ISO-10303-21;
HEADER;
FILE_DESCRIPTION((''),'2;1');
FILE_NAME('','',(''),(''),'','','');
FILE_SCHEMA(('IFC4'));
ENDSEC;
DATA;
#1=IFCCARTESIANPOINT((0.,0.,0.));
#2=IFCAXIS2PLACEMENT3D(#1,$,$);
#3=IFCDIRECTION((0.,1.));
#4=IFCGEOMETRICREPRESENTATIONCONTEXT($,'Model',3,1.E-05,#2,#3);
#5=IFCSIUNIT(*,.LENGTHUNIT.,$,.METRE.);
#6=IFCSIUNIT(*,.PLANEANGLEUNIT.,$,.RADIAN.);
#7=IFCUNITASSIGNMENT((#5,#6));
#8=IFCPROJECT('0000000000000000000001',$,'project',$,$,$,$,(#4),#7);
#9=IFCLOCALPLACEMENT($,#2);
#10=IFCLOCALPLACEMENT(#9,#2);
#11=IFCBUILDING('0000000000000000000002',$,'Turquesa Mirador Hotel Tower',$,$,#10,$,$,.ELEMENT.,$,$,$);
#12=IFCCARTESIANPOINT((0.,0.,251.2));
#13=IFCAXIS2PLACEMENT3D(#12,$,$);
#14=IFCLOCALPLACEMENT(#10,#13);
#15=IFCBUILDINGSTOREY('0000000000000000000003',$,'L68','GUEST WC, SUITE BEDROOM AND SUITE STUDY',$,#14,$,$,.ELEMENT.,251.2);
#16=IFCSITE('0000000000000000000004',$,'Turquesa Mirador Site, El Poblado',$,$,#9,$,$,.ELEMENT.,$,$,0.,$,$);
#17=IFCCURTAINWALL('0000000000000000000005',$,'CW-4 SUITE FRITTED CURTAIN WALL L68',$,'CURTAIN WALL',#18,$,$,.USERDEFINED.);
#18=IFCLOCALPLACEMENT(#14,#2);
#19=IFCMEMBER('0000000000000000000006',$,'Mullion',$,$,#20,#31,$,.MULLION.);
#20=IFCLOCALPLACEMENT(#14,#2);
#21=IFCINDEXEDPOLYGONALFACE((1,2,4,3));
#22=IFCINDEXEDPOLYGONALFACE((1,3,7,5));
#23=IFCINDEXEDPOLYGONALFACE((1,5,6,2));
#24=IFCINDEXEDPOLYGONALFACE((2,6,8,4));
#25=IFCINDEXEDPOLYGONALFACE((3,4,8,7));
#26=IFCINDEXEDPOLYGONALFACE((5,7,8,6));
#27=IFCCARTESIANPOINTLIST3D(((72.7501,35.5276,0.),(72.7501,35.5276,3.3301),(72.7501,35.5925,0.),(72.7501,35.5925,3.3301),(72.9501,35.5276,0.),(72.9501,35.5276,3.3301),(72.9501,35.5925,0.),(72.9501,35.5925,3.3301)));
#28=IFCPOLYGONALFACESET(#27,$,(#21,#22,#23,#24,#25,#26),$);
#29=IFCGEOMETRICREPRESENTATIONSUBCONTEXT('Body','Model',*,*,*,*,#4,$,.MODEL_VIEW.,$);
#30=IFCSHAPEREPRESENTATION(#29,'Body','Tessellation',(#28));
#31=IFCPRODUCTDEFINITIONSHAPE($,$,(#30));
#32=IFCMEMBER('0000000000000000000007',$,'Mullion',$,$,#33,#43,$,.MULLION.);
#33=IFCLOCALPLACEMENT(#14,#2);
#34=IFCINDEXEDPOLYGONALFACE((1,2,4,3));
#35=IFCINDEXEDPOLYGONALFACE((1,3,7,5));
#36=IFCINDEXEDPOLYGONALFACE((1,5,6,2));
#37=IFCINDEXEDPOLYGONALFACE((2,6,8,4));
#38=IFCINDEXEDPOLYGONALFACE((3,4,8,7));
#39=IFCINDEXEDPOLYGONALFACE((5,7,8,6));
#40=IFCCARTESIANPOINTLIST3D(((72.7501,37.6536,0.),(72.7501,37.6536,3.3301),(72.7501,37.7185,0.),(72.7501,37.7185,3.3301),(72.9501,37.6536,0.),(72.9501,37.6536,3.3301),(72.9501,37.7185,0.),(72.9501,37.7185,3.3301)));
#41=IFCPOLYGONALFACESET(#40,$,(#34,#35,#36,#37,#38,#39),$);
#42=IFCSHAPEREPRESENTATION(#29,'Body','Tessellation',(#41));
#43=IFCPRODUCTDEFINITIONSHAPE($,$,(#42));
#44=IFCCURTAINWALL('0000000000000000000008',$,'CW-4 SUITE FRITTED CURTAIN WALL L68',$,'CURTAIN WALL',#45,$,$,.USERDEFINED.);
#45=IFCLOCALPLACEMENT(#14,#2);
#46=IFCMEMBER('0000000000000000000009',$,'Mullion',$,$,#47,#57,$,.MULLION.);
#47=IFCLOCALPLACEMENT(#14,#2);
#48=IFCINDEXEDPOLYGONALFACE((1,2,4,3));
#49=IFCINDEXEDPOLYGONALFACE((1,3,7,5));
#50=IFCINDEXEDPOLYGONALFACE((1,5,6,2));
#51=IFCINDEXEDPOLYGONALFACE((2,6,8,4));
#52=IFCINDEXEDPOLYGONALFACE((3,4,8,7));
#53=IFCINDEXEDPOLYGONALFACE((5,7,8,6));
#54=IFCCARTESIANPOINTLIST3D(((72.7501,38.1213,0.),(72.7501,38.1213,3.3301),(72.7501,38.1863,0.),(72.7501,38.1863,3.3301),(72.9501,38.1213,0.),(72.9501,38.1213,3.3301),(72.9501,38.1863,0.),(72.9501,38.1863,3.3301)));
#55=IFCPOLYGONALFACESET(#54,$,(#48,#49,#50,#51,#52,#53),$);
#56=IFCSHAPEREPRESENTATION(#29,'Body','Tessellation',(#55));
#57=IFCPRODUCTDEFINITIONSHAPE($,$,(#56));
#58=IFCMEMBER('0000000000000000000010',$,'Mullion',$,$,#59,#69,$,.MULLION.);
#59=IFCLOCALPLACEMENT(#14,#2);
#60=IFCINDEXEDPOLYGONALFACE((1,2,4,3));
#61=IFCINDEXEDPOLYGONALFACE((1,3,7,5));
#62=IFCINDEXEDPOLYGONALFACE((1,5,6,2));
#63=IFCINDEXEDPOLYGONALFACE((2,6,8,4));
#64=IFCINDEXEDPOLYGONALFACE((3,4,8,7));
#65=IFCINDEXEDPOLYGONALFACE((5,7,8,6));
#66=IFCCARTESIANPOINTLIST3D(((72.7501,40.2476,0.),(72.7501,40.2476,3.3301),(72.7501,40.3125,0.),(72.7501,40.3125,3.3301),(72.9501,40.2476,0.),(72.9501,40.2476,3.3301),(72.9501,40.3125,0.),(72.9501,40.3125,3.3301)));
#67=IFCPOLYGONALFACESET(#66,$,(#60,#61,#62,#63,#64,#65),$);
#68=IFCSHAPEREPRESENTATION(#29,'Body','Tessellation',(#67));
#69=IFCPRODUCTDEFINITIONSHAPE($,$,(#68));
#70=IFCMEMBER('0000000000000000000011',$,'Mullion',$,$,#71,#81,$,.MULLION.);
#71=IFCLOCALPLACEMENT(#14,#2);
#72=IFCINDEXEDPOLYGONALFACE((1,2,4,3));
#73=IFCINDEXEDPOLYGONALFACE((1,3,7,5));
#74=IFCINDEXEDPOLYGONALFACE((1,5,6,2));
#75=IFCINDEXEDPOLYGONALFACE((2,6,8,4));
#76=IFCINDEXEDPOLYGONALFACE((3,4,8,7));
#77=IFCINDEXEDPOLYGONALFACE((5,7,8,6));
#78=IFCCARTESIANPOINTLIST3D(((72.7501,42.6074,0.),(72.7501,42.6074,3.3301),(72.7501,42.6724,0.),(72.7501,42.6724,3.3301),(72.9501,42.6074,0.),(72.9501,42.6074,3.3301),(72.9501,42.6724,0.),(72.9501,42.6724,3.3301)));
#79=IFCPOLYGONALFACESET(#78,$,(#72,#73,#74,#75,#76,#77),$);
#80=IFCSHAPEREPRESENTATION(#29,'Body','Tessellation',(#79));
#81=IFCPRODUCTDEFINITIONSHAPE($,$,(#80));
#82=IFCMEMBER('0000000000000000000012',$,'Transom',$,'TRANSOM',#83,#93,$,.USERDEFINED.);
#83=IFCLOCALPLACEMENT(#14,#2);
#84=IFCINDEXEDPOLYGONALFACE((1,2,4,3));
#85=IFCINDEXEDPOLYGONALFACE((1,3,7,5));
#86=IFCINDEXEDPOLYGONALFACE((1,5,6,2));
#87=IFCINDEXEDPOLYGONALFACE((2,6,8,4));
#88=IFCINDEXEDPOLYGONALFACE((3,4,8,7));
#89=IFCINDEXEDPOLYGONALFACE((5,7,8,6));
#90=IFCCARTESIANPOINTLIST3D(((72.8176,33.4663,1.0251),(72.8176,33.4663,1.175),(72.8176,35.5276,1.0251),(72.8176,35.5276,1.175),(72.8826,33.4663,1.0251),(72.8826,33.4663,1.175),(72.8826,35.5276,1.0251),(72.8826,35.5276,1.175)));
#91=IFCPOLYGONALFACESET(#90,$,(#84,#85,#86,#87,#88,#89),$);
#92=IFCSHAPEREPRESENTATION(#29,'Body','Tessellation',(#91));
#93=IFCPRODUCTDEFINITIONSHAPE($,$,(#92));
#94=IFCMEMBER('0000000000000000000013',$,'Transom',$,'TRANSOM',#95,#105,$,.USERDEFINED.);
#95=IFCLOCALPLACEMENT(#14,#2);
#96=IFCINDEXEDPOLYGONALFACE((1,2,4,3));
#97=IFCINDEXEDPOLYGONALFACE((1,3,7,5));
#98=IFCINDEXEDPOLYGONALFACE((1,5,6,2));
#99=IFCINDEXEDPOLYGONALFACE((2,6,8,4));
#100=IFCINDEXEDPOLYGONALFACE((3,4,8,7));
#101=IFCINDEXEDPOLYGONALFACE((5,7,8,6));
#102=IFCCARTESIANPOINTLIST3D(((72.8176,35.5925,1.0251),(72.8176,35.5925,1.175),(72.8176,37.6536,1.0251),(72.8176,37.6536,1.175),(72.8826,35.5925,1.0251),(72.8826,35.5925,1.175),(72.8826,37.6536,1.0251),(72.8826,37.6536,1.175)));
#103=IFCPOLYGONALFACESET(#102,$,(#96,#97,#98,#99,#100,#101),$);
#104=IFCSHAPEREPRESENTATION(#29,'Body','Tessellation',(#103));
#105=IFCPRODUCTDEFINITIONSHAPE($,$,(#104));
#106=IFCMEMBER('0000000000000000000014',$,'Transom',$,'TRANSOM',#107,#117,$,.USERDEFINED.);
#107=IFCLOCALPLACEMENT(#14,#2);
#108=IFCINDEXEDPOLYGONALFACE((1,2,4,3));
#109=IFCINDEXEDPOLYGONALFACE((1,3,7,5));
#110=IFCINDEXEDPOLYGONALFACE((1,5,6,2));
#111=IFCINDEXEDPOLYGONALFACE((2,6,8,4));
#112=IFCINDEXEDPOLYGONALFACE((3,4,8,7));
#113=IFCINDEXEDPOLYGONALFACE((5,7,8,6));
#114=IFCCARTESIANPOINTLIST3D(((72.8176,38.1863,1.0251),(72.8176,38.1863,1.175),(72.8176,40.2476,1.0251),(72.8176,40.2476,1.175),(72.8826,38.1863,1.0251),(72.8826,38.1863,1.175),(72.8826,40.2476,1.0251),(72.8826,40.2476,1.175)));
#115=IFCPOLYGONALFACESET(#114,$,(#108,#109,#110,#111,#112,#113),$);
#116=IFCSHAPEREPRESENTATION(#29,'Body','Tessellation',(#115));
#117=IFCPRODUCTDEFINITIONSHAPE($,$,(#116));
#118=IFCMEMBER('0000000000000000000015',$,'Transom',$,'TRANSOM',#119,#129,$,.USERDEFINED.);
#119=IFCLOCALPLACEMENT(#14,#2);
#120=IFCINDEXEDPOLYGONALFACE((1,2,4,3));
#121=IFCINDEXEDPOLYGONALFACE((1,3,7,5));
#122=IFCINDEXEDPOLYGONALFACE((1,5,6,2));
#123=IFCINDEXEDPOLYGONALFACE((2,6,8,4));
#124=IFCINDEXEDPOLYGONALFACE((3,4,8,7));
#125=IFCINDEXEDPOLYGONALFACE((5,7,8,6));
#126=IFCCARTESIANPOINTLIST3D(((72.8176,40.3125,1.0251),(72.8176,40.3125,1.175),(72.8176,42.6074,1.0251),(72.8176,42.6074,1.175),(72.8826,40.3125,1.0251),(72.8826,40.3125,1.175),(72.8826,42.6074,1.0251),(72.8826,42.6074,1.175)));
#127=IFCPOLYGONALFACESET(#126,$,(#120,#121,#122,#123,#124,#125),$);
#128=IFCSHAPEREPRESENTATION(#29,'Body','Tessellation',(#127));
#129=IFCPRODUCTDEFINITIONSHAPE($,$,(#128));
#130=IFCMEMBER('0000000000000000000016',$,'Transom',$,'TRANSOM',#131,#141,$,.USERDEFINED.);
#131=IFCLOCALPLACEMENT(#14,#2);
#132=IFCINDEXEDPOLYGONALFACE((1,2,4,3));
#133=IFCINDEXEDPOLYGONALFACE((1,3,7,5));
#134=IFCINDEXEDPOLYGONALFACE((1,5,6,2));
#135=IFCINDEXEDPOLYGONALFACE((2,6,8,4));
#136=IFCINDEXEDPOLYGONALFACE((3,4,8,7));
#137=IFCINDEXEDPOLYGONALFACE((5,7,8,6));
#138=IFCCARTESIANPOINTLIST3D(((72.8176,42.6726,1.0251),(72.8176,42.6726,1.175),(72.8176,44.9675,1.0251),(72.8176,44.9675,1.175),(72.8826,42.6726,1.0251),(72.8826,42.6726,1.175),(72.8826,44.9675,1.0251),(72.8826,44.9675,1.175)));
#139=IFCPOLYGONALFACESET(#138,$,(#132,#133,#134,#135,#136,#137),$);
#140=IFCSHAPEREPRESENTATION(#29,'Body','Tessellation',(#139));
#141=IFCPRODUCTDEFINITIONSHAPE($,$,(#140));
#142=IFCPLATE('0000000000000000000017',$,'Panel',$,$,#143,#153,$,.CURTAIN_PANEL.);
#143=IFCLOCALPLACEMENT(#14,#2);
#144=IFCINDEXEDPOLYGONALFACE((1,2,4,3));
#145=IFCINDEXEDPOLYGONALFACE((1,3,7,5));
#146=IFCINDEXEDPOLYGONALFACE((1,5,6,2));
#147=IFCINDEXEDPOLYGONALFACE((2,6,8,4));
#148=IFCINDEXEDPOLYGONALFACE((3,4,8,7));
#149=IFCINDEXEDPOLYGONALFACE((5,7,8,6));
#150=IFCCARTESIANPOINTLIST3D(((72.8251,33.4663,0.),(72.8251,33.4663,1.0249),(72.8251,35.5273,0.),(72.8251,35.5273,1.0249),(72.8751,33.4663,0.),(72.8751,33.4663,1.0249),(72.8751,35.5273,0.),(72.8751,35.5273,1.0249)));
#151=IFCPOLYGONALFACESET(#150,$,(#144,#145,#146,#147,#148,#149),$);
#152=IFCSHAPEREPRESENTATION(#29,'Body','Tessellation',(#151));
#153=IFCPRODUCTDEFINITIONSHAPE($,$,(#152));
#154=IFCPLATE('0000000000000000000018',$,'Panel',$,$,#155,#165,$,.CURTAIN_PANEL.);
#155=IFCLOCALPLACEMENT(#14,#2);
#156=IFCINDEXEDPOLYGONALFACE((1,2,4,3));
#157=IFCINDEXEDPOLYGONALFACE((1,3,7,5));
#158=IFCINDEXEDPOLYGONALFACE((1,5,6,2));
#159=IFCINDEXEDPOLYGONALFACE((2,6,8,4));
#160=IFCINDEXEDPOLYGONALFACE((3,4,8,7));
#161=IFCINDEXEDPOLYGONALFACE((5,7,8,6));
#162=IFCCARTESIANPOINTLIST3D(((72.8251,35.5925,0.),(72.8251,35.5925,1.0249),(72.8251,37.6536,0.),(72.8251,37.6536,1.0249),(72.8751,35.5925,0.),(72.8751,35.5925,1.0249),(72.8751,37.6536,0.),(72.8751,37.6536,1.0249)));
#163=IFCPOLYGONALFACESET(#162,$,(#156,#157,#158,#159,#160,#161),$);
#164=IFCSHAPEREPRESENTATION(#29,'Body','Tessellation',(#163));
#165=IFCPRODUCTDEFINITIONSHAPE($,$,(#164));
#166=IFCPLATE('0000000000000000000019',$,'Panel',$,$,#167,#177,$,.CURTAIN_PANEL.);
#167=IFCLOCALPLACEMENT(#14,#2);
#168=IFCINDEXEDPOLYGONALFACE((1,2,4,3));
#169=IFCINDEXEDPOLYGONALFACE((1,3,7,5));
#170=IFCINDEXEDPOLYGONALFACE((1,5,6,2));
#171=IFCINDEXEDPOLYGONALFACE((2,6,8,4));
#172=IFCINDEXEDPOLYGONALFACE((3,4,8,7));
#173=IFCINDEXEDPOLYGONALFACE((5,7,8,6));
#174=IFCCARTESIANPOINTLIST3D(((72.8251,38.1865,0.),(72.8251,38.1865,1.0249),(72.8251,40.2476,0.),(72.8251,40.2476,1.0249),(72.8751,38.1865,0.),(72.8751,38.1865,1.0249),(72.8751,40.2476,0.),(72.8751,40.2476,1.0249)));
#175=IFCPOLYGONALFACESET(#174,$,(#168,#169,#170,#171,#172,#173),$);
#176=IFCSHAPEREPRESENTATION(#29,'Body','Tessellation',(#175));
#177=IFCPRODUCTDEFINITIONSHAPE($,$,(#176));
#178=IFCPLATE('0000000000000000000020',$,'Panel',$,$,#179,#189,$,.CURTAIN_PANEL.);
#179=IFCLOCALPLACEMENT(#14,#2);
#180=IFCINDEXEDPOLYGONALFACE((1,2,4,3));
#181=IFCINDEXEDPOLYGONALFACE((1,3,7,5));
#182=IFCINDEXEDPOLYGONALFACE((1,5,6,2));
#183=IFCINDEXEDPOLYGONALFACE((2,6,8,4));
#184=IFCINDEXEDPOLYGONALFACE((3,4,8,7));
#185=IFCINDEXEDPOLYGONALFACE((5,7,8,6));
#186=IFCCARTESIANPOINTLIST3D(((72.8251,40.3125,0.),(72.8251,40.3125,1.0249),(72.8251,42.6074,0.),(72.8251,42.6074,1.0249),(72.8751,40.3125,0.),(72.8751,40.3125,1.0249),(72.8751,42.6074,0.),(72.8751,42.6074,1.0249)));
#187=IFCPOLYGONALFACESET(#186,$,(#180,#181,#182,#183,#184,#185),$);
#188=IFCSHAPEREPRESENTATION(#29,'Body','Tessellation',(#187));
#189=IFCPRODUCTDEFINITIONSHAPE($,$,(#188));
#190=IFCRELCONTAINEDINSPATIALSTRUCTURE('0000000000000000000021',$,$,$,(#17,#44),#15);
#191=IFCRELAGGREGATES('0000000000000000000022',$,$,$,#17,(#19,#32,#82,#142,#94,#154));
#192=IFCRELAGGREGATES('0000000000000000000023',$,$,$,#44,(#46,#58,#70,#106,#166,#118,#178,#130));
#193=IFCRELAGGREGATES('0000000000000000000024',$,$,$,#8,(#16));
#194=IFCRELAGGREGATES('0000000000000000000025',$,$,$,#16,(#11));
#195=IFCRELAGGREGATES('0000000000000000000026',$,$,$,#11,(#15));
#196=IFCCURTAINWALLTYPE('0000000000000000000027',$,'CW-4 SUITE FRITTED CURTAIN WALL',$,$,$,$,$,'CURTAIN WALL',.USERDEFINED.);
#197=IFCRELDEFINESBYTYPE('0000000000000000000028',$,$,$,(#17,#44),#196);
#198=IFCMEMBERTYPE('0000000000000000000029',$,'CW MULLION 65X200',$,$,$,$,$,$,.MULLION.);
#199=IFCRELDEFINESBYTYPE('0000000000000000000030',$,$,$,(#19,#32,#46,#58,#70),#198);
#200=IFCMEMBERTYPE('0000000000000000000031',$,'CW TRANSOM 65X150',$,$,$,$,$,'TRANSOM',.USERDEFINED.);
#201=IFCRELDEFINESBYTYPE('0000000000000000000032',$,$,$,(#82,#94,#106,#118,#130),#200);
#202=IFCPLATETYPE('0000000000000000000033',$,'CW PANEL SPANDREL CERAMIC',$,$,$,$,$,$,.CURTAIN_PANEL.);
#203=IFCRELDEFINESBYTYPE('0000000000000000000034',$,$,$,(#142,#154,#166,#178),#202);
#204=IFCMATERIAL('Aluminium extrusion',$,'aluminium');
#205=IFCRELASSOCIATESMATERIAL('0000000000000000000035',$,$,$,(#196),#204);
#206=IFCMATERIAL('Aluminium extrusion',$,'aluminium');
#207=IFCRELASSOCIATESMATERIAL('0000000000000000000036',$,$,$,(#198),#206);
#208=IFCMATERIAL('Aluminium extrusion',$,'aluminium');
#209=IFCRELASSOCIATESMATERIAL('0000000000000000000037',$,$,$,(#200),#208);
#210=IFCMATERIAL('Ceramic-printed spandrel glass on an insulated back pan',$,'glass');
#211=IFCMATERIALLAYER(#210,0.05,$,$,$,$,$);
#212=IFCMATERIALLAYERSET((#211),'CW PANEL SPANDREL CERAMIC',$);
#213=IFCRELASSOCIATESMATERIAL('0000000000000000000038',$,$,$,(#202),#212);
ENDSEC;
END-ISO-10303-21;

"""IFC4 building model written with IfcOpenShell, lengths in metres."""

from ifc_helpers import new_model, si_unit, direction, frame, origin, origin_2d, place, context, subcontext, project, spatial, rectangle, extrude, material, layer, layer_set, material_profile, profile_set, type_object, element, aggregate, save


model = new_model("IFC4")

# Units and contexts
model_context = context("Model", 3, precision=1e-05, world=origin(), true_north=direction((0.0, 1.0)))
body_context = subcontext(model_context, "Body", "Model", "MODEL_VIEW")
ifc_project = project(units=[si_unit("LENGTHUNIT", "METRE"), si_unit("PLANEANGLEUNIT", "RADIAN")], contexts=[model_context])

# Site, building, storey
site_placement = place(None, origin())
site = spatial("IfcSite", under=ifc_project, at=site_placement, Name="Turquesa Mirador Site, El Poblado", CompositionType="ELEMENT", RefElevation=0.0)
building_placement = place(site_placement, origin())
building = spatial("IfcBuilding", under=site, at=building_placement, Name="Turquesa Mirador Hotel Tower", CompositionType="ELEMENT")
storey_placement = place(building_placement, frame((0.0, 0.0, 251.2)))
storey = spatial("IfcBuildingStorey", under=building, at=storey_placement, Name="L68", Description="GUEST WC, SUITE BEDROOM AND SUITE STUDY", CompositionType="ELEMENT", Elevation=251.2)

# Curtain walls, members
ifc_material_1 = material(Name="Aluminium extrusion", Category="aluminium")
curtain_wall_type = type_object("IfcCurtainWallType", Name="CW-4 SUITE FRITTED CURTAIN WALL", ElementType="CURTAIN WALL", PredefinedType="USERDEFINED", material=ifc_material_1)
curtain_wall_1_placement = place(storey_placement, origin())
curtain_wall_1 = element("IfcCurtainWall", 1, at=curtain_wall_1_placement, inside=storey, type_object=curtain_wall_type, Name="CW-4 SUITE FRITTED CURTAIN WALL L68", ObjectType="CURTAIN WALL", PredefinedType="USERDEFINED")
ifc_material_2 = material(Name="Aluminium extrusion", Category="aluminium")
ifc_material_profile_1 = material_profile(ifc_material_2, rectangle(XDim=0.0649, YDim=0.2, at=origin_2d()), Name="MULLION 65X200")
ifc_profile_set_1 = profile_set([ifc_material_profile_1], Name="Aluminium extrusion")
member_type_1 = type_object("IfcMemberType", Name="CW MULLION 65X200", PredefinedType="MULLION", material=ifc_profile_set_1)
member_1_placement = place(storey_placement, frame((72.8501, 35.5601, 0.0), z_axis=(0.0, 0.0, 1.0), x_axis=(0.0, 1.0, 0.0)))
member_1 = element("IfcMember", 2, at=member_1_placement, type_object=member_type_1, Name="Mullion", PredefinedType="MULLION", context=body_context, shape_type="SweptSolid", body=[
    extrude(rectangle(XDim=0.0649, YDim=0.2, at=origin_2d()), origin(), (0.0, 0.0, 1.0), 3.3301),
])
member_2_placement = place(storey_placement, frame((72.8501, 37.686, 0.0), z_axis=(0.0, 0.0, 1.0), x_axis=(0.0, 1.0, 0.0)))
member_2 = element("IfcMember", 3, at=member_2_placement, type_object=member_type_1, Name="Mullion", PredefinedType="MULLION", context=body_context, shape_type="SweptSolid", body=[
    extrude(rectangle(XDim=0.0649, YDim=0.2, at=origin_2d()), origin(), (0.0, 0.0, 1.0), 3.3301),
])
curtain_wall_2_placement = place(storey_placement, origin())
curtain_wall_2 = element("IfcCurtainWall", 4, at=curtain_wall_2_placement, inside=storey, type_object=curtain_wall_type, Name="CW-4 SUITE FRITTED CURTAIN WALL L68", ObjectType="CURTAIN WALL", PredefinedType="USERDEFINED")
member_3_placement = place(storey_placement, frame((72.8501, 38.1538, 0.0), z_axis=(0.0, 0.0, 1.0), x_axis=(0.0, 1.0, 0.0)))
member_3 = element("IfcMember", 5, at=member_3_placement, type_object=member_type_1, Name="Mullion", PredefinedType="MULLION", context=body_context, shape_type="SweptSolid", body=[
    extrude(rectangle(XDim=0.0649, YDim=0.2, at=origin_2d()), origin(), (0.0, 0.0, 1.0), 3.3301),
])
member_4_placement = place(storey_placement, frame((72.8501, 40.28, 0.0), z_axis=(0.0, 0.0, 1.0), x_axis=(0.0, 1.0, 0.0)))
member_4 = element("IfcMember", 6, at=member_4_placement, type_object=member_type_1, Name="Mullion", PredefinedType="MULLION", context=body_context, shape_type="SweptSolid", body=[
    extrude(rectangle(XDim=0.0649, YDim=0.2, at=origin_2d()), origin(), (0.0, 0.0, 1.0), 3.3301),
])
member_5_placement = place(storey_placement, frame((72.8501, 42.6399, 0.0), z_axis=(0.0, 0.0, 1.0), x_axis=(0.0, 1.0, 0.0)))
member_5 = element("IfcMember", 7, at=member_5_placement, type_object=member_type_1, Name="Mullion", PredefinedType="MULLION", context=body_context, shape_type="SweptSolid", body=[
    extrude(rectangle(XDim=0.0649, YDim=0.2, at=origin_2d()), origin(), (0.0, 0.0, 1.0), 3.3301),
])

# Members
ifc_material_3 = material(Name="Aluminium extrusion", Category="aluminium")
ifc_material_profile_2 = material_profile(ifc_material_3, rectangle(XDim=0.0649, YDim=0.1499, at=origin_2d()), Name="TRANSOM 65X150")
ifc_profile_set_2 = profile_set([ifc_material_profile_2], Name="Aluminium extrusion")
member_type_2 = type_object("IfcMemberType", Name="CW TRANSOM 65X150", ElementType="TRANSOM", PredefinedType="USERDEFINED", material=ifc_profile_set_2)
member_6_placement = place(storey_placement, frame((72.8501, 33.4663, 1.1001), z_axis=(0.0, 1.0, 0.0), x_axis=(-1.0, 0.0, 0.0)))
member_6 = element("IfcMember", 8, at=member_6_placement, type_object=member_type_2, Name="Transom", ObjectType="TRANSOM", PredefinedType="USERDEFINED", context=body_context, shape_type="SweptSolid", body=[
    extrude(rectangle(XDim=0.0649, YDim=0.1499, at=origin_2d()), origin(), (0.0, 0.0, 1.0), 2.0613),
])
member_7_placement = place(storey_placement, frame((72.8501, 35.5925, 1.1001), z_axis=(0.0, 1.0, 0.0), x_axis=(-1.0, 0.0, 0.0)))
member_7 = element("IfcMember", 9, at=member_7_placement, type_object=member_type_2, Name="Transom", ObjectType="TRANSOM", PredefinedType="USERDEFINED", context=body_context, shape_type="SweptSolid", body=[
    extrude(rectangle(XDim=0.0649, YDim=0.1499, at=origin_2d()), origin(), (0.0, 0.0, 1.0), 2.061),
])
member_8_placement = place(storey_placement, frame((72.8501, 38.1863, 1.1001), z_axis=(0.0, 1.0, 0.0), x_axis=(-1.0, 0.0, 0.0)))
member_8 = element("IfcMember", 10, at=member_8_placement, type_object=member_type_2, Name="Transom", ObjectType="TRANSOM", PredefinedType="USERDEFINED", context=body_context, shape_type="SweptSolid", body=[
    extrude(rectangle(XDim=0.0649, YDim=0.1499, at=origin_2d()), origin(), (0.0, 0.0, 1.0), 2.0613),
])
member_9_placement = place(storey_placement, frame((72.8501, 40.3125, 1.1001), z_axis=(0.0, 1.0, 0.0), x_axis=(-1.0, 0.0, 0.0)))
member_9 = element("IfcMember", 11, at=member_9_placement, type_object=member_type_2, Name="Transom", ObjectType="TRANSOM", PredefinedType="USERDEFINED", context=body_context, shape_type="SweptSolid", body=[
    extrude(rectangle(XDim=0.0649, YDim=0.1499, at=origin_2d()), origin(), (0.0, 0.0, 1.0), 2.2949),
])
member_10_placement = place(storey_placement, frame((72.8501, 42.6726, 1.1001), z_axis=(0.0, 1.0, 0.0), x_axis=(-1.0, 0.0, 0.0)))
member_10 = element("IfcMember", 12, at=member_10_placement, type_object=member_type_2, Name="Transom", ObjectType="TRANSOM", PredefinedType="USERDEFINED", context=body_context, shape_type="SweptSolid", body=[
    extrude(rectangle(XDim=0.0649, YDim=0.1499, at=origin_2d()), origin(), (0.0, 0.0, 1.0), 2.2949),
])

# Plates
ifc_material_4 = material(Name="Ceramic-printed spandrel glass on an insulated back pan", Category="glass")
ifc_layer_1 = layer(ifc_material_4, 0.05)
ifc_layer_set_1 = layer_set([ifc_layer_1], Name="CW PANEL SPANDREL CERAMIC")
plate_type_1 = type_object("IfcPlateType", Name="CW PANEL SPANDREL CERAMIC", PredefinedType="CURTAIN_PANEL", material=ifc_layer_set_1)
plate_1_placement = place(storey_placement, frame((72.8501, 34.4968, 0.0), z_axis=(0.0, 0.0, 1.0), x_axis=(0.0, 1.0, 0.0)))
plate_1 = element("IfcPlate", 13, at=plate_1_placement, type_object=plate_type_1, Name="Panel", PredefinedType="CURTAIN_PANEL", context=body_context, shape_type="SweptSolid", body=[
    extrude(rectangle(XDim=2.061, YDim=0.05, at=origin_2d()), origin(), (0.0, 0.0, 1.0), 1.0249),
])
plate_2_placement = place(storey_placement, frame((72.8501, 36.623, 0.0), z_axis=(0.0, 0.0, 1.0), x_axis=(0.0, 1.0, 0.0)))
plate_2 = element("IfcPlate", 14, at=plate_2_placement, type_object=plate_type_1, Name="Panel", PredefinedType="CURTAIN_PANEL", context=body_context, shape_type="SweptSolid", body=[
    extrude(rectangle(XDim=2.061, YDim=0.05, at=origin_2d()), origin(), (0.0, 0.0, 1.0), 1.0249),
])
plate_3_placement = place(storey_placement, frame((72.8501, 39.217, 0.0), z_axis=(0.0, 0.0, 1.0), x_axis=(0.0, 1.0, 0.0)))
plate_3 = element("IfcPlate", 15, at=plate_3_placement, type_object=plate_type_1, Name="Panel", PredefinedType="CURTAIN_PANEL", context=body_context, shape_type="SweptSolid", body=[
    extrude(rectangle(XDim=2.061, YDim=0.05, at=origin_2d()), origin(), (0.0, 0.0, 1.0), 1.0249),
])
plate_4_placement = place(storey_placement, frame((72.8501, 41.46, 0.0), z_axis=(0.0, 0.0, 1.0), x_axis=(0.0, 1.0, 0.0)))
plate_4 = element("IfcPlate", 16, at=plate_4_placement, type_object=plate_type_1, Name="Panel", PredefinedType="CURTAIN_PANEL", context=body_context, shape_type="SweptSolid", body=[
    extrude(rectangle(XDim=2.2949, YDim=0.05, at=origin_2d()), origin(), (0.0, 0.0, 1.0), 1.0249),
])
aggregate(curtain_wall_1, [member_1, member_2, member_6, plate_1, member_7, plate_2])
aggregate(curtain_wall_2, [member_3, member_4, member_5, member_8, plate_3, member_9, plate_4, member_10])

save(model, "model.ifc")
